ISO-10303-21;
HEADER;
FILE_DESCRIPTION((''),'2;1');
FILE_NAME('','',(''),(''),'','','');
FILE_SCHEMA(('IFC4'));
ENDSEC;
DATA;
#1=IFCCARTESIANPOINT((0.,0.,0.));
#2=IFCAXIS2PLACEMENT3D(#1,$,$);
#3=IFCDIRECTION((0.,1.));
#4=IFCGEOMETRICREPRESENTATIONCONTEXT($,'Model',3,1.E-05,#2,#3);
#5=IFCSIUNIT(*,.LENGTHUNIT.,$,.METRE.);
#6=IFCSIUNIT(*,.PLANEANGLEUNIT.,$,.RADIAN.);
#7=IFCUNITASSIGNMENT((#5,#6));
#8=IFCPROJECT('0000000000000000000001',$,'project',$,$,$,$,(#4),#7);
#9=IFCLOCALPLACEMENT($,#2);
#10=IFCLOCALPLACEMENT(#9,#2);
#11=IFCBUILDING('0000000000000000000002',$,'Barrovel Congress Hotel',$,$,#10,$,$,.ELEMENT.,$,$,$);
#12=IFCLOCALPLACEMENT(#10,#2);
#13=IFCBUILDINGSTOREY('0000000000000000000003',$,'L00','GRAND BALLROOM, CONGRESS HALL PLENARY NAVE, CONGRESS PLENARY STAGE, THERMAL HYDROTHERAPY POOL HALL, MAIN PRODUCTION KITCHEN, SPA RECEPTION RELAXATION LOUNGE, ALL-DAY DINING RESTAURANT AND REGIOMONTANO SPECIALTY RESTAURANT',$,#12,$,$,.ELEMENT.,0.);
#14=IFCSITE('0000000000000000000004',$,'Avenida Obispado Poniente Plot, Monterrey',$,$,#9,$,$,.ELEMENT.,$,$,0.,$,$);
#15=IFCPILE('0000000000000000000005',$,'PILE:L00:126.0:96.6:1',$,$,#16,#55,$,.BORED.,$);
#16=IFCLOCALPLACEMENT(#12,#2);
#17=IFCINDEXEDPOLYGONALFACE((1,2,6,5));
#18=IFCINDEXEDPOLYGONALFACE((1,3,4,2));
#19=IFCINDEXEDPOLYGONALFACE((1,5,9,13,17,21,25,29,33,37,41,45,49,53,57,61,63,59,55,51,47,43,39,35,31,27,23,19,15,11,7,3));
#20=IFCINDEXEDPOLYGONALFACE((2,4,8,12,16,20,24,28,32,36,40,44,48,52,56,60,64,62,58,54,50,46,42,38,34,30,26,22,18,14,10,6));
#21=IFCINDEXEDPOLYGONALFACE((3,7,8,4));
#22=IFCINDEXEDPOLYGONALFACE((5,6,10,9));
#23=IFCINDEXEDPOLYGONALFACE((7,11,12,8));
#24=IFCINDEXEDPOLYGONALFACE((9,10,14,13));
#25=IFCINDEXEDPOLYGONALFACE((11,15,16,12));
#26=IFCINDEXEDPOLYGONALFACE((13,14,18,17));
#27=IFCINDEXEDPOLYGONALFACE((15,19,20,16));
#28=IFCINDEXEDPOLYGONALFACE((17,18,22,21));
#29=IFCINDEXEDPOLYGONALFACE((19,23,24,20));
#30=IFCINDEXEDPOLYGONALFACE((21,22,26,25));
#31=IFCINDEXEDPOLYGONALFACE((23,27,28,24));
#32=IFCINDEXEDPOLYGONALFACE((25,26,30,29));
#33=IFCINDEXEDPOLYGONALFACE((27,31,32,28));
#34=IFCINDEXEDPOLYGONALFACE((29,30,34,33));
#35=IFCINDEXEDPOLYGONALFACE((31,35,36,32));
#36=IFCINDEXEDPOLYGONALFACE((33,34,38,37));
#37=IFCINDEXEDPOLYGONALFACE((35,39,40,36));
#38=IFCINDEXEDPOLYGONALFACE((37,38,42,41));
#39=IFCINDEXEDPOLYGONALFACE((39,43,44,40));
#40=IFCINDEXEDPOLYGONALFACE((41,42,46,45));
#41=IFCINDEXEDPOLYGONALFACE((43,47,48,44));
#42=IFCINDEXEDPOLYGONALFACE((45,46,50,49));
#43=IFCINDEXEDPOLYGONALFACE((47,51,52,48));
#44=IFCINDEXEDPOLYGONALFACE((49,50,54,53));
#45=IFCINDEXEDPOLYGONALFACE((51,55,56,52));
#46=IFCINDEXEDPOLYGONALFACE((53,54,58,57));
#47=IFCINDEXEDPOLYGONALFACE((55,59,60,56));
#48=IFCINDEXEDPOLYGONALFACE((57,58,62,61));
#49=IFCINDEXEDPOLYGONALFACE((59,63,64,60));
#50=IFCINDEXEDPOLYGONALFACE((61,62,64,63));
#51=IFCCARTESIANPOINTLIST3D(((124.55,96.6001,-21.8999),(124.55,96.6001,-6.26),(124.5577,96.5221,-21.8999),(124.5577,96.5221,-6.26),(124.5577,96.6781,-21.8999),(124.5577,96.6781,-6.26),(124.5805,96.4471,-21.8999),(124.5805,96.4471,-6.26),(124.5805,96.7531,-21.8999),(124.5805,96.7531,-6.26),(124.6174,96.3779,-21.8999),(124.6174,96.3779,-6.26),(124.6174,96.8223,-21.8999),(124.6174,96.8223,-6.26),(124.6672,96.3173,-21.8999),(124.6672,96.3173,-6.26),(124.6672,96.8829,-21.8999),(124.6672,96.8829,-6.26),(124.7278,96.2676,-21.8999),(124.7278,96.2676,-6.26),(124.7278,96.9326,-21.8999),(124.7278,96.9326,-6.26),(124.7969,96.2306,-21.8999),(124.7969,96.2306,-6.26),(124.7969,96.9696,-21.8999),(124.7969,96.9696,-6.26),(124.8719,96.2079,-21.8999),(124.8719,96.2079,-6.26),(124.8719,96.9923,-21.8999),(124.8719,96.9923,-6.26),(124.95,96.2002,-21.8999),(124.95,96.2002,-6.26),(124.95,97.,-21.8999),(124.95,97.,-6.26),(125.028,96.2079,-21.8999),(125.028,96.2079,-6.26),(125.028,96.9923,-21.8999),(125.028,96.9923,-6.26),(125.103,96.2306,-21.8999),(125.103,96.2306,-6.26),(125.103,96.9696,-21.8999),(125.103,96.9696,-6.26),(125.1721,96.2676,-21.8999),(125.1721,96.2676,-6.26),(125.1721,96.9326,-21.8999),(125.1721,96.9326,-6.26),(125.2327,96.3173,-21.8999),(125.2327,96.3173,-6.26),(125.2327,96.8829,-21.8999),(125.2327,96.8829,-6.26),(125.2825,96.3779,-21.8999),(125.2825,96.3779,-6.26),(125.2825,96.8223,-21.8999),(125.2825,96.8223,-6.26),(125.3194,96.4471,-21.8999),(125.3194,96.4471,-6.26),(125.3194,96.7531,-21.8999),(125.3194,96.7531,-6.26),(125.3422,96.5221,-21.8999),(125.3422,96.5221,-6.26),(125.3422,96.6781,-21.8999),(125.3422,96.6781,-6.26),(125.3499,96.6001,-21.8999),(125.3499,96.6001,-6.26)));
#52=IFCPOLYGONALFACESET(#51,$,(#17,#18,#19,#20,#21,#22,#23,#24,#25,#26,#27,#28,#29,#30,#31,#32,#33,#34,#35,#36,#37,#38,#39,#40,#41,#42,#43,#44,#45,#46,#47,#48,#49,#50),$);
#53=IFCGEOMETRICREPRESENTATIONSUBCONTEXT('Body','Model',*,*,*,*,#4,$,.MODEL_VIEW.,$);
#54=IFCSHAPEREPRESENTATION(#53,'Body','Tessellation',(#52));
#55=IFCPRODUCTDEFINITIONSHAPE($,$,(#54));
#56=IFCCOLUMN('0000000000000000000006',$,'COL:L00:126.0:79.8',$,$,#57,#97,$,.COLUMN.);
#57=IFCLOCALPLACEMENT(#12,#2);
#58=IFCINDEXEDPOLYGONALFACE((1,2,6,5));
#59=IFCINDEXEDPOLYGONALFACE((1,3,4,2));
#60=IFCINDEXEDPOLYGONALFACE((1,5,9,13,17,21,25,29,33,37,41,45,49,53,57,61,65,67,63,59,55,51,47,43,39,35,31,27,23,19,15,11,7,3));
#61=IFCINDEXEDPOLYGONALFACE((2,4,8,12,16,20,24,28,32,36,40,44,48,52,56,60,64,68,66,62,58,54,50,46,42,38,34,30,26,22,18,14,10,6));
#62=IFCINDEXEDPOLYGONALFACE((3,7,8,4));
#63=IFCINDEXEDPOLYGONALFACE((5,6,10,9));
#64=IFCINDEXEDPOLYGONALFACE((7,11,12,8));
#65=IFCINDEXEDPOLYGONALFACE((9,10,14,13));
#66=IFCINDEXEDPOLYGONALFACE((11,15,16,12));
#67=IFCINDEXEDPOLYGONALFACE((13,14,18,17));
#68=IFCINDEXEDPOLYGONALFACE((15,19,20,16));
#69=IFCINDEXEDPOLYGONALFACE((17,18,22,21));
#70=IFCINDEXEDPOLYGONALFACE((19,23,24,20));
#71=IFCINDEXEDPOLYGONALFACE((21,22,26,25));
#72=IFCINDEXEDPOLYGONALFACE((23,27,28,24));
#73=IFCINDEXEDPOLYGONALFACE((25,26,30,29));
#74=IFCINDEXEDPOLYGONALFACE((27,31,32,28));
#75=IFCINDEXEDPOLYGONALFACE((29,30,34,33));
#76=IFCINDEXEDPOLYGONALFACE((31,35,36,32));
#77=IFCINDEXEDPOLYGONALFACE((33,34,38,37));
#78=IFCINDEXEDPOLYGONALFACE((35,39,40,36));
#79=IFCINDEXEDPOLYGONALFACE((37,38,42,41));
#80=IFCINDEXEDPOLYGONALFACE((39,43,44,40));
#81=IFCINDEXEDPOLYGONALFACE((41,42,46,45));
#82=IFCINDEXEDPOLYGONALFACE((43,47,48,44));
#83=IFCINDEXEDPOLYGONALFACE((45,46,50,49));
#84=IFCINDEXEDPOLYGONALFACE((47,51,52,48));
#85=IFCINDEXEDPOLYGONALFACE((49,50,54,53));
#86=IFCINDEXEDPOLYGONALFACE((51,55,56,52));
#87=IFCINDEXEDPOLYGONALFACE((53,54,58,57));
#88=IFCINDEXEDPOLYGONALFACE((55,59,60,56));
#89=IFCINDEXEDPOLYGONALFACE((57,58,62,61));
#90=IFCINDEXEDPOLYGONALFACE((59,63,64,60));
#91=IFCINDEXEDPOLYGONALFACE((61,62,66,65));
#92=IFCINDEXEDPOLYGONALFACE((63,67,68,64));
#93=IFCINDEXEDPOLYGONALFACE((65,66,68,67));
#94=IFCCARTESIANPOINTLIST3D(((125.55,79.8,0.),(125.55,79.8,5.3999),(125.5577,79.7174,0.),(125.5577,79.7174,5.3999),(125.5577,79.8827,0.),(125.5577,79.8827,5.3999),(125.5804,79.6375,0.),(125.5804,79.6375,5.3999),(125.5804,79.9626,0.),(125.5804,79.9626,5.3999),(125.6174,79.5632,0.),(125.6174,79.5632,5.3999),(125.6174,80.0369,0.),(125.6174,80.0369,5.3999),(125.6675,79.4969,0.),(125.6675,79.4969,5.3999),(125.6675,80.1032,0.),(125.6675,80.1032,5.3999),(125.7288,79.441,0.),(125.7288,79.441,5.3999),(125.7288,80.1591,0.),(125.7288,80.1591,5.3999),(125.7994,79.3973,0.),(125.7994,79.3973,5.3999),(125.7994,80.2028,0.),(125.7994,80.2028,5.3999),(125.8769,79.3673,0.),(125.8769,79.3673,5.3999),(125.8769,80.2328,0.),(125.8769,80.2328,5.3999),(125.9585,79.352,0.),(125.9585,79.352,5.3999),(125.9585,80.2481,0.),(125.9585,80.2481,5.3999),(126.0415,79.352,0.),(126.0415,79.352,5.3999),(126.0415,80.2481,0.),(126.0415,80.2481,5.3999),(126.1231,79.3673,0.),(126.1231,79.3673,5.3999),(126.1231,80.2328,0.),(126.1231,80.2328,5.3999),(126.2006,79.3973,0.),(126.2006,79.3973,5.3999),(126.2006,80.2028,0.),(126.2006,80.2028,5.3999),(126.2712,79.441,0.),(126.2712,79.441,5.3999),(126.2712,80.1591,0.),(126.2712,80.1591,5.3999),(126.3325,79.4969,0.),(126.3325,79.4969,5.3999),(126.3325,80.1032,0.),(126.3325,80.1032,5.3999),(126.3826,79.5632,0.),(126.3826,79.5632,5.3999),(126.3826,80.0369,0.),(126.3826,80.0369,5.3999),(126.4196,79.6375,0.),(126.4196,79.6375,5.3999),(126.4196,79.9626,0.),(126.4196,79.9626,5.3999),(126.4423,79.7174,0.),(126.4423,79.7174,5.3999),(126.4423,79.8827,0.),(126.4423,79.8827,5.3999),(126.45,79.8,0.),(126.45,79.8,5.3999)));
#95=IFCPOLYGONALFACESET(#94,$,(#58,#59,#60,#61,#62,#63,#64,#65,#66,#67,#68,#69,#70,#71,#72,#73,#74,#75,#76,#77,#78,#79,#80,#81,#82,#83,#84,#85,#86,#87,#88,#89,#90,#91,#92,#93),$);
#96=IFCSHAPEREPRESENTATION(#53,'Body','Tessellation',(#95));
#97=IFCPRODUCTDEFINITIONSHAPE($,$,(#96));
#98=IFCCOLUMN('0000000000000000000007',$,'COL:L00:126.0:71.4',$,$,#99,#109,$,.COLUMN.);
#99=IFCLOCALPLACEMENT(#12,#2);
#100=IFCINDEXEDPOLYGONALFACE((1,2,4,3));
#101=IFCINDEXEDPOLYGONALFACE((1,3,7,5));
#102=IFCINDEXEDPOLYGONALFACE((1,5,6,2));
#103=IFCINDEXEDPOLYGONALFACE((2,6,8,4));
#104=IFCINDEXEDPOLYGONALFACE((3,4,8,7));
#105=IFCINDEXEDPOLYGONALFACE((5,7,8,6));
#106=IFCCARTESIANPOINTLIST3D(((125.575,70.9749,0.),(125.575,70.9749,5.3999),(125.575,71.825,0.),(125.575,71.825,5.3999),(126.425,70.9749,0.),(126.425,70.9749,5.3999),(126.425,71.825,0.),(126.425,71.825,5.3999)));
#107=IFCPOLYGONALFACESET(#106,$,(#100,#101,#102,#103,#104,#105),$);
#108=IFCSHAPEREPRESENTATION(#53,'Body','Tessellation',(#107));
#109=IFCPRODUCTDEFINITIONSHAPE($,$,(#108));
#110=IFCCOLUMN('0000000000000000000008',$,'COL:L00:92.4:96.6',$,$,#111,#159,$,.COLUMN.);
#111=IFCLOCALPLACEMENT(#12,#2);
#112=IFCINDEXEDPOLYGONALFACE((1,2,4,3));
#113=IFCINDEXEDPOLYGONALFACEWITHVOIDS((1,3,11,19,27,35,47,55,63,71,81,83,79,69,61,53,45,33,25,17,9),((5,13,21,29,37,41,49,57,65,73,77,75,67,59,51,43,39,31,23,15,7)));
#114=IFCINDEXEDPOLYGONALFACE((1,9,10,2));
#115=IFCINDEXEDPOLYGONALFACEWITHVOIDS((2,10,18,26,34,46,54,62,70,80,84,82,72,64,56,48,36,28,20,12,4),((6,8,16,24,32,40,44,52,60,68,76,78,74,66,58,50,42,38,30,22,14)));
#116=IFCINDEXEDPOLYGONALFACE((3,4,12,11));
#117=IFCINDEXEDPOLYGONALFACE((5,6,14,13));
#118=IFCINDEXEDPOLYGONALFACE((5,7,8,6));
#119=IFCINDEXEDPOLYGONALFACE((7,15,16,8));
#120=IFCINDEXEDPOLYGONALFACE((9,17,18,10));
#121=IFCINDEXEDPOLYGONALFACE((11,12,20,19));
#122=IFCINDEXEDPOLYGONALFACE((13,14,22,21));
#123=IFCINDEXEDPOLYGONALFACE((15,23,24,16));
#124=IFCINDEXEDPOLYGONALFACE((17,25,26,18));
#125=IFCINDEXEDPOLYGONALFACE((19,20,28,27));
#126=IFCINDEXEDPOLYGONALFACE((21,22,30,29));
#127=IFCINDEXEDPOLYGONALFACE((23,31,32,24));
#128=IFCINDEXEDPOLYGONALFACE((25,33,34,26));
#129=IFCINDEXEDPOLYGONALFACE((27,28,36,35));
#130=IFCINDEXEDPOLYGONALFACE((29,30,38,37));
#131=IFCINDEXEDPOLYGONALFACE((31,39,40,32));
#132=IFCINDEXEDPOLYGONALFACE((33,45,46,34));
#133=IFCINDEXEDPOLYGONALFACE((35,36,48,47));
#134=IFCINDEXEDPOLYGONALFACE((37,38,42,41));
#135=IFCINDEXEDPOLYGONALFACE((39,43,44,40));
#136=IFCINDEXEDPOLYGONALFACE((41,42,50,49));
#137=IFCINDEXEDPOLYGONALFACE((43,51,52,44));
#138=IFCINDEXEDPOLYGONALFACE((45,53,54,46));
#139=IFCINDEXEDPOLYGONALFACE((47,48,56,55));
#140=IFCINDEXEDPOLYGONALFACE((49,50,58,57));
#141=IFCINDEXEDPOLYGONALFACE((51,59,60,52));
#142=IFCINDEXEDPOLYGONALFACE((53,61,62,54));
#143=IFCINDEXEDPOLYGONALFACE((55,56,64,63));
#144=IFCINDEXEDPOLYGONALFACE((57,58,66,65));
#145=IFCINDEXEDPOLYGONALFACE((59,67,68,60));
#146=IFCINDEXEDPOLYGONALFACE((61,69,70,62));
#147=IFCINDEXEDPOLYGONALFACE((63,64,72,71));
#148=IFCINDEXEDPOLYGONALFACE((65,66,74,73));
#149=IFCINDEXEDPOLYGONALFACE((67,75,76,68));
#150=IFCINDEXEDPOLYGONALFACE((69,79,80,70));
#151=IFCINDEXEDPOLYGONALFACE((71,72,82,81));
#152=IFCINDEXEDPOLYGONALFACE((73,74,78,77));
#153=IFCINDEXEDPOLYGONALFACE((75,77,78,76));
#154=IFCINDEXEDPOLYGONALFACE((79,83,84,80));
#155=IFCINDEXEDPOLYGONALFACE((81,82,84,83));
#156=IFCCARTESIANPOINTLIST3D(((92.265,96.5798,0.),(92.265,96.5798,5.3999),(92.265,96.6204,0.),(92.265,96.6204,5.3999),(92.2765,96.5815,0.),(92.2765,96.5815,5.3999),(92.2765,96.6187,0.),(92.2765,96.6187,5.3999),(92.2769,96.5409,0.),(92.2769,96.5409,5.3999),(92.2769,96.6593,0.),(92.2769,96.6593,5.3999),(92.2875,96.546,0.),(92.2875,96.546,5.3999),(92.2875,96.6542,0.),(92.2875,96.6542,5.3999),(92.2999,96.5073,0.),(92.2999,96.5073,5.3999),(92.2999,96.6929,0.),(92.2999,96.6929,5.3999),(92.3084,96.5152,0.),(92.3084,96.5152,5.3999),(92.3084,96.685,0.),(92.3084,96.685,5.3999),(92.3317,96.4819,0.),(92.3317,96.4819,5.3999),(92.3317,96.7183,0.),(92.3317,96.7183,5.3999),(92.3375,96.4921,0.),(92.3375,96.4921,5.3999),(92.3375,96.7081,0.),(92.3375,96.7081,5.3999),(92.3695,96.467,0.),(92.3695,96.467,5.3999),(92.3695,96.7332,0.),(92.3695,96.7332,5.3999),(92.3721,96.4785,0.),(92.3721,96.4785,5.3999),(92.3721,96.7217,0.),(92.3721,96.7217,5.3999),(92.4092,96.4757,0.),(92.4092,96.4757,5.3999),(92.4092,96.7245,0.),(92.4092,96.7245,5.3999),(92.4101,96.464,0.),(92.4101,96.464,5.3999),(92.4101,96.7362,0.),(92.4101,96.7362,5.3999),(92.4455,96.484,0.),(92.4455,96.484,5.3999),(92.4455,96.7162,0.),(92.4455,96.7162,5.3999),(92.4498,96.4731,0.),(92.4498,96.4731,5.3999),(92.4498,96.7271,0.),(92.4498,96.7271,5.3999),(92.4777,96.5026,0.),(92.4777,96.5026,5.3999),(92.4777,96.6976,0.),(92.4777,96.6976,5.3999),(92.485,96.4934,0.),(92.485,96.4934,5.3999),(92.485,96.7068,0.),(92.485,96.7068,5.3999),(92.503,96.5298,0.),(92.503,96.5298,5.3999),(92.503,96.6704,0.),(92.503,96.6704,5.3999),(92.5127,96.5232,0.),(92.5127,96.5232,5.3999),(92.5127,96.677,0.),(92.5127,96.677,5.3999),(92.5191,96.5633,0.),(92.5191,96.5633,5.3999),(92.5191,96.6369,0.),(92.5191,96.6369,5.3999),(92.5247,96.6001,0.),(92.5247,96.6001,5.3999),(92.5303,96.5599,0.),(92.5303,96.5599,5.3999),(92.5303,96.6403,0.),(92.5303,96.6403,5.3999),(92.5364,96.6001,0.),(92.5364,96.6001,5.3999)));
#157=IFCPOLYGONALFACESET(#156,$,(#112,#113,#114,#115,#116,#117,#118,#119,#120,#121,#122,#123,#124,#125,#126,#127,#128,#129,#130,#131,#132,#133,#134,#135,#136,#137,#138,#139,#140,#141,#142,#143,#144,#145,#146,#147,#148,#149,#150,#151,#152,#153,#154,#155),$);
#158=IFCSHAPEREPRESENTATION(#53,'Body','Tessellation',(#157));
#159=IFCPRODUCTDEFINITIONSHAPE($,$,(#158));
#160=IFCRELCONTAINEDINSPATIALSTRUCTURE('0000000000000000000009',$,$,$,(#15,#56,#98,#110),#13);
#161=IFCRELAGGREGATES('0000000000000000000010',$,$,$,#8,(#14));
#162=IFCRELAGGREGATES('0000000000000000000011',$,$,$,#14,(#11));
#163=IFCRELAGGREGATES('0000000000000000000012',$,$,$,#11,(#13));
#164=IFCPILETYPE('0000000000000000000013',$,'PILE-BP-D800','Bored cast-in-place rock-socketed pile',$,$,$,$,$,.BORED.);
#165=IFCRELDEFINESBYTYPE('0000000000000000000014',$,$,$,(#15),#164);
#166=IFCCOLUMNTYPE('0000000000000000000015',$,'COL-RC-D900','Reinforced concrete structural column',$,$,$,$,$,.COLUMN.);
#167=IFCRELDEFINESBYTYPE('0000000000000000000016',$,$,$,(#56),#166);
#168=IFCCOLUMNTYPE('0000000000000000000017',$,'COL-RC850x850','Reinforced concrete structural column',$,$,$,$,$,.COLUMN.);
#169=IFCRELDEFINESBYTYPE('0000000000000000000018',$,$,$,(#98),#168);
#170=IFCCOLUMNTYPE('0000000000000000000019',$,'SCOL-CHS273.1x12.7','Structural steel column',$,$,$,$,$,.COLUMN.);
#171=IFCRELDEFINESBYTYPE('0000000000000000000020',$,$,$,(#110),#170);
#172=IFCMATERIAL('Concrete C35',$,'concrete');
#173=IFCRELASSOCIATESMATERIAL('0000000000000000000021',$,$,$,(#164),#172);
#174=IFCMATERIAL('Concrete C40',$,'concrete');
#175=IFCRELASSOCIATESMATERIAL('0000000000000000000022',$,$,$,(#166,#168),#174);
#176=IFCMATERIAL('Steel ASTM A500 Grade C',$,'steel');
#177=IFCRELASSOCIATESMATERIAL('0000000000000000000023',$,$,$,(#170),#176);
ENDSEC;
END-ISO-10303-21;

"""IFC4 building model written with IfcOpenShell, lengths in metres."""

from ifc_helpers import new_model, si_unit, direction, frame, origin, origin_2d, place, context, subcontext, project, spatial, rectangle, circle, hollow_circle, extrude, material, material_profile, profile_set, type_object, element, save


model = new_model("IFC4")

# Units and contexts
model_context = context("Model", 3, precision=1e-05, world=origin(), true_north=direction((0.0, 1.0)))
body_context = subcontext(model_context, "Body", "Model", "MODEL_VIEW")
ifc_project = project(units=[si_unit("LENGTHUNIT", "METRE"), si_unit("PLANEANGLEUNIT", "RADIAN")], contexts=[model_context])

# Site, building, storey
site_placement = place(None, origin())
site = spatial("IfcSite", under=ifc_project, at=site_placement, Name="Avenida Obispado Poniente Plot, Monterrey", CompositionType="ELEMENT", RefElevation=0.0)
building_placement = place(site_placement, origin())
building = spatial("IfcBuilding", under=site, at=building_placement, Name="Barrovel Congress Hotel", CompositionType="ELEMENT")
storey_placement = place(building_placement, origin())
storey = spatial("IfcBuildingStorey", under=building, at=storey_placement, Name="L00", Description="GRAND BALLROOM, CONGRESS HALL PLENARY NAVE, CONGRESS PLENARY STAGE, THERMAL HYDROTHERAPY POOL HALL, MAIN PRODUCTION KITCHEN, SPA RECEPTION RELAXATION LOUNGE, ALL-DAY DINING RESTAURANT AND REGIOMONTANO SPECIALTY RESTAURANT", CompositionType="ELEMENT", Elevation=0.0)

# Shared definitions
ifc_material_1 = material(Name="Concrete C40", Category="concrete")

# Pile
ifc_material_2 = material(Name="Concrete C35", Category="concrete")
ifc_material_profile_1 = material_profile(ifc_material_2, circle(Radius=0.3999, at=origin_2d()), Name="BP-D800")
ifc_profile_set_1 = profile_set([ifc_material_profile_1], Name="Concrete C35")
pile_type = type_object("IfcPileType", Name="PILE-BP-D800", Description="Bored cast-in-place rock-socketed pile", PredefinedType="BORED", material=ifc_profile_set_1)
for number, where, z_axis, x_axis, name in (
    (1, (124.95, 96.6001, -6.26), (0.0, 0.0, -1.0), (1.0, 0.0, 0.0), "PILE:L00:126.0:96.6:1"),
):
    element("IfcPile", number, at=place(storey_placement, frame(where, z_axis=z_axis, x_axis=x_axis)), inside=storey, type_object=pile_type, Name=name, PredefinedType="BORED", context=body_context, shape_type="SweptSolid", body=[
        extrude(circle(Radius=0.3999, at=origin_2d()), origin(), (0.0, 0.0, 1.0), 15.6399),
    ])

# Columns
ifc_material_profile_2 = material_profile(ifc_material_1, circle(Radius=0.45, at=origin_2d()), Name="RC-D900")
ifc_profile_set_2 = profile_set([ifc_material_profile_2], Name="Concrete C40")
column_type_1 = type_object("IfcColumnType", Name="COL-RC-D900", Description="Reinforced concrete structural column", PredefinedType="COLUMN", material=ifc_profile_set_2)
column_1_placement = place(storey_placement, frame((126.0, 79.8, 0.0), z_axis=(0.0, 0.0, 1.0), x_axis=(1.0, 0.0, 0.0)))
element("IfcColumn", 2, at=column_1_placement, inside=storey, type_object=column_type_1, Name="COL:L00:126.0:79.8", PredefinedType="COLUMN", context=body_context, shape_type="SweptSolid", body=[
    extrude(circle(Radius=0.45, at=origin_2d()), origin(), (0.0, 0.0, 1.0), 5.3999),
])
ifc_material_profile_3 = material_profile(ifc_material_1, rectangle(XDim=0.8501, YDim=0.8501, at=origin_2d()), Name="RC850x850")
ifc_profile_set_3 = profile_set([ifc_material_profile_3], Name="Concrete C40")
column_type_2 = type_object("IfcColumnType", Name="COL-RC850x850", Description="Reinforced concrete structural column", PredefinedType="COLUMN", material=ifc_profile_set_3)
column_2_placement = place(storey_placement, frame((126.0, 71.3999, 0.0), z_axis=(0.0, 0.0, 1.0), x_axis=(1.0, 0.0, 0.0)))
element("IfcColumn", 3, at=column_2_placement, inside=storey, type_object=column_type_2, Name="COL:L00:126.0:71.4", PredefinedType="COLUMN", context=body_context, shape_type="SweptSolid", body=[
    extrude(rectangle(XDim=0.8501, YDim=0.8501, at=origin_2d()), origin(), (0.0, 0.0, 1.0), 5.3999),
])
ifc_material_3 = material(Name="Steel ASTM A500 Grade C", Category="steel")
ifc_material_profile_4 = material_profile(ifc_material_3, hollow_circle(Radius=0.1365, WallThickness=0.0117, at=origin_2d()), Name="CHS273.1x12.7")
ifc_profile_set_4 = profile_set([ifc_material_profile_4], Name="Steel ASTM A500 Grade C")
column_type_3 = type_object("IfcColumnType", Name="SCOL-CHS273.1x12.7", Description="Structural steel column", PredefinedType="COLUMN", material=ifc_profile_set_4)
for number, where, z_axis, x_axis, name in (
    (4, (92.3999, 96.6001, 0.0), (0.0, 0.0, 1.0), (1.0, 0.0, 0.0), "COL:L00:92.4:96.6"),
):
    element("IfcColumn", number, at=place(storey_placement, frame(where, z_axis=z_axis, x_axis=x_axis)), inside=storey, type_object=column_type_3, Name=name, PredefinedType="COLUMN", context=body_context, shape_type="SweptSolid", body=[
        extrude(hollow_circle(Radius=0.1365, WallThickness=0.0117, at=origin_2d()), origin(), (0.0, 0.0, 1.0), 5.3999),
    ])

save(model, "model.ifc")
